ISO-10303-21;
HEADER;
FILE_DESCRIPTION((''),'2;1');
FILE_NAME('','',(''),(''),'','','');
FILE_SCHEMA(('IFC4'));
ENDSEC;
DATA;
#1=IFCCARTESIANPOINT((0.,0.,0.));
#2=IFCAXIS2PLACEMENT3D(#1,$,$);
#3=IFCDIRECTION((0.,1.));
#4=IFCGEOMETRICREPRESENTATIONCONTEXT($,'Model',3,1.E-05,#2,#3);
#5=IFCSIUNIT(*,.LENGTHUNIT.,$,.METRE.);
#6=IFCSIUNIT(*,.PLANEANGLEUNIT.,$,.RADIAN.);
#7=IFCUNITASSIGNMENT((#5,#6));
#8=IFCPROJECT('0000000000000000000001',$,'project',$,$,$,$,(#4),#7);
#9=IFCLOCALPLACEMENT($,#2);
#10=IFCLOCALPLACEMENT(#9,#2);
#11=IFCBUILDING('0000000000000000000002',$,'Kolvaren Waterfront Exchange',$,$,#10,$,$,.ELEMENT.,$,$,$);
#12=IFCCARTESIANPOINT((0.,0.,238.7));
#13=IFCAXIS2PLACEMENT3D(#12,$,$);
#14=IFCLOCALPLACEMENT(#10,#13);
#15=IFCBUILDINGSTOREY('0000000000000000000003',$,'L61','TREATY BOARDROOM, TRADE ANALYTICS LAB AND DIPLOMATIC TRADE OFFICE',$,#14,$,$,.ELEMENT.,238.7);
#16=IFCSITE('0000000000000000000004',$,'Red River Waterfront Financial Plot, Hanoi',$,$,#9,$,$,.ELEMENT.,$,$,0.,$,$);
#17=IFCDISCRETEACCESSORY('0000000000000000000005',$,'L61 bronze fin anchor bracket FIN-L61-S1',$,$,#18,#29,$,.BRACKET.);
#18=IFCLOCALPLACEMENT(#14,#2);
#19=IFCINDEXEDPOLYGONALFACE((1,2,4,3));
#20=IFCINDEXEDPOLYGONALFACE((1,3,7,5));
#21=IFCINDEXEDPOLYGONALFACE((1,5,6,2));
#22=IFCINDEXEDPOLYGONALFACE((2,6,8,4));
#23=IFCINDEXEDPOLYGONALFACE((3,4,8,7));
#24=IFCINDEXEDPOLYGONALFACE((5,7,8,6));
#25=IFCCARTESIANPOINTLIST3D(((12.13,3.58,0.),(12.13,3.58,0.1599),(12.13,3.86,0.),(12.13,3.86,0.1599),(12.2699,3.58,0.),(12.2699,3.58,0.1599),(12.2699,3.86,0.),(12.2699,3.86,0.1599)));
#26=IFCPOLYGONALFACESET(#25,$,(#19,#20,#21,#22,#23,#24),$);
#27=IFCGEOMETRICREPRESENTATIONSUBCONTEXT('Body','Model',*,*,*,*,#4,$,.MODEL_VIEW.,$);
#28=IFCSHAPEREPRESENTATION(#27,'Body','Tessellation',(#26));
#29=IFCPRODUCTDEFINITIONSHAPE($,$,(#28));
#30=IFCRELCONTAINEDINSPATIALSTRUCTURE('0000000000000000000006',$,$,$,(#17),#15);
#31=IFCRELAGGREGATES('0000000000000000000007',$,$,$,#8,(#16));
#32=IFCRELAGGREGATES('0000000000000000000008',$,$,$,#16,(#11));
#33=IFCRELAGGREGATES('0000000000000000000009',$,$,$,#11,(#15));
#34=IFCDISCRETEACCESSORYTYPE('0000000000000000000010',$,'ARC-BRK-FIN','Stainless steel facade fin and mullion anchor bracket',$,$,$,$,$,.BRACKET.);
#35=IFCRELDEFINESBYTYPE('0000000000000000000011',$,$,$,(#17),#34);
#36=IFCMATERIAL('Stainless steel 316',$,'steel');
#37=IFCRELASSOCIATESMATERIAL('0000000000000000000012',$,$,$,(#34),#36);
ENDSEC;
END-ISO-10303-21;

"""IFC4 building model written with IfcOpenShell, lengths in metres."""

from ifc_helpers import new_model, si_unit, direction, frame, origin, origin_with_axes, origin_2d, place, context, subcontext, project, spatial, rectangle, extrude, source, transform, mapped, material, type_object, element, save


model = new_model("IFC4")

# Units and contexts
model_context = context("Model", 3, precision=1e-05, world=origin(), true_north=direction((0.0, 1.0)))
body_context = subcontext(model_context, "Body", "Model", "MODEL_VIEW")
ifc_project = project(units=[si_unit("LENGTHUNIT", "METRE"), si_unit("PLANEANGLEUNIT", "RADIAN")], contexts=[model_context])

# Site, building, storey
site_placement = place(None, origin())
site = spatial("IfcSite", under=ifc_project, at=site_placement, Name="Red River Waterfront Financial Plot, Hanoi", CompositionType="ELEMENT", RefElevation=0.0)
building_placement = place(site_placement, origin())
building = spatial("IfcBuilding", under=site, at=building_placement, Name="Kolvaren Waterfront Exchange", CompositionType="ELEMENT")
storey_placement = place(building_placement, frame((0.0, 0.0, 238.7)))
storey = spatial("IfcBuildingStorey", under=building, at=storey_placement, Name="L61", Description="TREATY BOARDROOM, TRADE ANALYTICS LAB AND DIPLOMATIC TRADE OFFICE", CompositionType="ELEMENT", Elevation=238.7)

# Discrete accessory
ifc_material_1 = material(Name="Stainless steel 316", Category="steel")
discrete_accessory_type = type_object("IfcDiscreteAccessoryType", Name="ARC-BRK-FIN", Description="Stainless steel facade fin and mullion anchor bracket", PredefinedType="BRACKET", material=ifc_material_1)
shared_shape_1 = source(origin_with_axes(), body_context, "Body", "SweptSolid", [
    extrude(rectangle(XDim=0.28, YDim=0.1399, at=origin_2d()), origin(), (0.0, 0.0, 1.0), 0.1599),
])
discrete_accessory_placement = place(storey_placement, frame((12.2, 3.72, 0.0), z_axis=(0.0, 0.0, 1.0), x_axis=(0.0, -1.0, 0.0)))
element("IfcDiscreteAccessory", 1, at=discrete_accessory_placement, inside=storey, type_object=discrete_accessory_type, Name="L61 bronze fin anchor bracket FIN-L61-S1", PredefinedType="BRACKET", context=body_context, shape_type="MappedRepresentation", body=[
    mapped(shared_shape_1, transform((0.0, 0.0, 0.0), x_axis=(1.0, 0.0, 0.0), y_axis=(0.0, 1.0, 0.0), z_axis=(0.0, 0.0, 1.0), scale=1.0)),
])

save(model, "model.ifc")
